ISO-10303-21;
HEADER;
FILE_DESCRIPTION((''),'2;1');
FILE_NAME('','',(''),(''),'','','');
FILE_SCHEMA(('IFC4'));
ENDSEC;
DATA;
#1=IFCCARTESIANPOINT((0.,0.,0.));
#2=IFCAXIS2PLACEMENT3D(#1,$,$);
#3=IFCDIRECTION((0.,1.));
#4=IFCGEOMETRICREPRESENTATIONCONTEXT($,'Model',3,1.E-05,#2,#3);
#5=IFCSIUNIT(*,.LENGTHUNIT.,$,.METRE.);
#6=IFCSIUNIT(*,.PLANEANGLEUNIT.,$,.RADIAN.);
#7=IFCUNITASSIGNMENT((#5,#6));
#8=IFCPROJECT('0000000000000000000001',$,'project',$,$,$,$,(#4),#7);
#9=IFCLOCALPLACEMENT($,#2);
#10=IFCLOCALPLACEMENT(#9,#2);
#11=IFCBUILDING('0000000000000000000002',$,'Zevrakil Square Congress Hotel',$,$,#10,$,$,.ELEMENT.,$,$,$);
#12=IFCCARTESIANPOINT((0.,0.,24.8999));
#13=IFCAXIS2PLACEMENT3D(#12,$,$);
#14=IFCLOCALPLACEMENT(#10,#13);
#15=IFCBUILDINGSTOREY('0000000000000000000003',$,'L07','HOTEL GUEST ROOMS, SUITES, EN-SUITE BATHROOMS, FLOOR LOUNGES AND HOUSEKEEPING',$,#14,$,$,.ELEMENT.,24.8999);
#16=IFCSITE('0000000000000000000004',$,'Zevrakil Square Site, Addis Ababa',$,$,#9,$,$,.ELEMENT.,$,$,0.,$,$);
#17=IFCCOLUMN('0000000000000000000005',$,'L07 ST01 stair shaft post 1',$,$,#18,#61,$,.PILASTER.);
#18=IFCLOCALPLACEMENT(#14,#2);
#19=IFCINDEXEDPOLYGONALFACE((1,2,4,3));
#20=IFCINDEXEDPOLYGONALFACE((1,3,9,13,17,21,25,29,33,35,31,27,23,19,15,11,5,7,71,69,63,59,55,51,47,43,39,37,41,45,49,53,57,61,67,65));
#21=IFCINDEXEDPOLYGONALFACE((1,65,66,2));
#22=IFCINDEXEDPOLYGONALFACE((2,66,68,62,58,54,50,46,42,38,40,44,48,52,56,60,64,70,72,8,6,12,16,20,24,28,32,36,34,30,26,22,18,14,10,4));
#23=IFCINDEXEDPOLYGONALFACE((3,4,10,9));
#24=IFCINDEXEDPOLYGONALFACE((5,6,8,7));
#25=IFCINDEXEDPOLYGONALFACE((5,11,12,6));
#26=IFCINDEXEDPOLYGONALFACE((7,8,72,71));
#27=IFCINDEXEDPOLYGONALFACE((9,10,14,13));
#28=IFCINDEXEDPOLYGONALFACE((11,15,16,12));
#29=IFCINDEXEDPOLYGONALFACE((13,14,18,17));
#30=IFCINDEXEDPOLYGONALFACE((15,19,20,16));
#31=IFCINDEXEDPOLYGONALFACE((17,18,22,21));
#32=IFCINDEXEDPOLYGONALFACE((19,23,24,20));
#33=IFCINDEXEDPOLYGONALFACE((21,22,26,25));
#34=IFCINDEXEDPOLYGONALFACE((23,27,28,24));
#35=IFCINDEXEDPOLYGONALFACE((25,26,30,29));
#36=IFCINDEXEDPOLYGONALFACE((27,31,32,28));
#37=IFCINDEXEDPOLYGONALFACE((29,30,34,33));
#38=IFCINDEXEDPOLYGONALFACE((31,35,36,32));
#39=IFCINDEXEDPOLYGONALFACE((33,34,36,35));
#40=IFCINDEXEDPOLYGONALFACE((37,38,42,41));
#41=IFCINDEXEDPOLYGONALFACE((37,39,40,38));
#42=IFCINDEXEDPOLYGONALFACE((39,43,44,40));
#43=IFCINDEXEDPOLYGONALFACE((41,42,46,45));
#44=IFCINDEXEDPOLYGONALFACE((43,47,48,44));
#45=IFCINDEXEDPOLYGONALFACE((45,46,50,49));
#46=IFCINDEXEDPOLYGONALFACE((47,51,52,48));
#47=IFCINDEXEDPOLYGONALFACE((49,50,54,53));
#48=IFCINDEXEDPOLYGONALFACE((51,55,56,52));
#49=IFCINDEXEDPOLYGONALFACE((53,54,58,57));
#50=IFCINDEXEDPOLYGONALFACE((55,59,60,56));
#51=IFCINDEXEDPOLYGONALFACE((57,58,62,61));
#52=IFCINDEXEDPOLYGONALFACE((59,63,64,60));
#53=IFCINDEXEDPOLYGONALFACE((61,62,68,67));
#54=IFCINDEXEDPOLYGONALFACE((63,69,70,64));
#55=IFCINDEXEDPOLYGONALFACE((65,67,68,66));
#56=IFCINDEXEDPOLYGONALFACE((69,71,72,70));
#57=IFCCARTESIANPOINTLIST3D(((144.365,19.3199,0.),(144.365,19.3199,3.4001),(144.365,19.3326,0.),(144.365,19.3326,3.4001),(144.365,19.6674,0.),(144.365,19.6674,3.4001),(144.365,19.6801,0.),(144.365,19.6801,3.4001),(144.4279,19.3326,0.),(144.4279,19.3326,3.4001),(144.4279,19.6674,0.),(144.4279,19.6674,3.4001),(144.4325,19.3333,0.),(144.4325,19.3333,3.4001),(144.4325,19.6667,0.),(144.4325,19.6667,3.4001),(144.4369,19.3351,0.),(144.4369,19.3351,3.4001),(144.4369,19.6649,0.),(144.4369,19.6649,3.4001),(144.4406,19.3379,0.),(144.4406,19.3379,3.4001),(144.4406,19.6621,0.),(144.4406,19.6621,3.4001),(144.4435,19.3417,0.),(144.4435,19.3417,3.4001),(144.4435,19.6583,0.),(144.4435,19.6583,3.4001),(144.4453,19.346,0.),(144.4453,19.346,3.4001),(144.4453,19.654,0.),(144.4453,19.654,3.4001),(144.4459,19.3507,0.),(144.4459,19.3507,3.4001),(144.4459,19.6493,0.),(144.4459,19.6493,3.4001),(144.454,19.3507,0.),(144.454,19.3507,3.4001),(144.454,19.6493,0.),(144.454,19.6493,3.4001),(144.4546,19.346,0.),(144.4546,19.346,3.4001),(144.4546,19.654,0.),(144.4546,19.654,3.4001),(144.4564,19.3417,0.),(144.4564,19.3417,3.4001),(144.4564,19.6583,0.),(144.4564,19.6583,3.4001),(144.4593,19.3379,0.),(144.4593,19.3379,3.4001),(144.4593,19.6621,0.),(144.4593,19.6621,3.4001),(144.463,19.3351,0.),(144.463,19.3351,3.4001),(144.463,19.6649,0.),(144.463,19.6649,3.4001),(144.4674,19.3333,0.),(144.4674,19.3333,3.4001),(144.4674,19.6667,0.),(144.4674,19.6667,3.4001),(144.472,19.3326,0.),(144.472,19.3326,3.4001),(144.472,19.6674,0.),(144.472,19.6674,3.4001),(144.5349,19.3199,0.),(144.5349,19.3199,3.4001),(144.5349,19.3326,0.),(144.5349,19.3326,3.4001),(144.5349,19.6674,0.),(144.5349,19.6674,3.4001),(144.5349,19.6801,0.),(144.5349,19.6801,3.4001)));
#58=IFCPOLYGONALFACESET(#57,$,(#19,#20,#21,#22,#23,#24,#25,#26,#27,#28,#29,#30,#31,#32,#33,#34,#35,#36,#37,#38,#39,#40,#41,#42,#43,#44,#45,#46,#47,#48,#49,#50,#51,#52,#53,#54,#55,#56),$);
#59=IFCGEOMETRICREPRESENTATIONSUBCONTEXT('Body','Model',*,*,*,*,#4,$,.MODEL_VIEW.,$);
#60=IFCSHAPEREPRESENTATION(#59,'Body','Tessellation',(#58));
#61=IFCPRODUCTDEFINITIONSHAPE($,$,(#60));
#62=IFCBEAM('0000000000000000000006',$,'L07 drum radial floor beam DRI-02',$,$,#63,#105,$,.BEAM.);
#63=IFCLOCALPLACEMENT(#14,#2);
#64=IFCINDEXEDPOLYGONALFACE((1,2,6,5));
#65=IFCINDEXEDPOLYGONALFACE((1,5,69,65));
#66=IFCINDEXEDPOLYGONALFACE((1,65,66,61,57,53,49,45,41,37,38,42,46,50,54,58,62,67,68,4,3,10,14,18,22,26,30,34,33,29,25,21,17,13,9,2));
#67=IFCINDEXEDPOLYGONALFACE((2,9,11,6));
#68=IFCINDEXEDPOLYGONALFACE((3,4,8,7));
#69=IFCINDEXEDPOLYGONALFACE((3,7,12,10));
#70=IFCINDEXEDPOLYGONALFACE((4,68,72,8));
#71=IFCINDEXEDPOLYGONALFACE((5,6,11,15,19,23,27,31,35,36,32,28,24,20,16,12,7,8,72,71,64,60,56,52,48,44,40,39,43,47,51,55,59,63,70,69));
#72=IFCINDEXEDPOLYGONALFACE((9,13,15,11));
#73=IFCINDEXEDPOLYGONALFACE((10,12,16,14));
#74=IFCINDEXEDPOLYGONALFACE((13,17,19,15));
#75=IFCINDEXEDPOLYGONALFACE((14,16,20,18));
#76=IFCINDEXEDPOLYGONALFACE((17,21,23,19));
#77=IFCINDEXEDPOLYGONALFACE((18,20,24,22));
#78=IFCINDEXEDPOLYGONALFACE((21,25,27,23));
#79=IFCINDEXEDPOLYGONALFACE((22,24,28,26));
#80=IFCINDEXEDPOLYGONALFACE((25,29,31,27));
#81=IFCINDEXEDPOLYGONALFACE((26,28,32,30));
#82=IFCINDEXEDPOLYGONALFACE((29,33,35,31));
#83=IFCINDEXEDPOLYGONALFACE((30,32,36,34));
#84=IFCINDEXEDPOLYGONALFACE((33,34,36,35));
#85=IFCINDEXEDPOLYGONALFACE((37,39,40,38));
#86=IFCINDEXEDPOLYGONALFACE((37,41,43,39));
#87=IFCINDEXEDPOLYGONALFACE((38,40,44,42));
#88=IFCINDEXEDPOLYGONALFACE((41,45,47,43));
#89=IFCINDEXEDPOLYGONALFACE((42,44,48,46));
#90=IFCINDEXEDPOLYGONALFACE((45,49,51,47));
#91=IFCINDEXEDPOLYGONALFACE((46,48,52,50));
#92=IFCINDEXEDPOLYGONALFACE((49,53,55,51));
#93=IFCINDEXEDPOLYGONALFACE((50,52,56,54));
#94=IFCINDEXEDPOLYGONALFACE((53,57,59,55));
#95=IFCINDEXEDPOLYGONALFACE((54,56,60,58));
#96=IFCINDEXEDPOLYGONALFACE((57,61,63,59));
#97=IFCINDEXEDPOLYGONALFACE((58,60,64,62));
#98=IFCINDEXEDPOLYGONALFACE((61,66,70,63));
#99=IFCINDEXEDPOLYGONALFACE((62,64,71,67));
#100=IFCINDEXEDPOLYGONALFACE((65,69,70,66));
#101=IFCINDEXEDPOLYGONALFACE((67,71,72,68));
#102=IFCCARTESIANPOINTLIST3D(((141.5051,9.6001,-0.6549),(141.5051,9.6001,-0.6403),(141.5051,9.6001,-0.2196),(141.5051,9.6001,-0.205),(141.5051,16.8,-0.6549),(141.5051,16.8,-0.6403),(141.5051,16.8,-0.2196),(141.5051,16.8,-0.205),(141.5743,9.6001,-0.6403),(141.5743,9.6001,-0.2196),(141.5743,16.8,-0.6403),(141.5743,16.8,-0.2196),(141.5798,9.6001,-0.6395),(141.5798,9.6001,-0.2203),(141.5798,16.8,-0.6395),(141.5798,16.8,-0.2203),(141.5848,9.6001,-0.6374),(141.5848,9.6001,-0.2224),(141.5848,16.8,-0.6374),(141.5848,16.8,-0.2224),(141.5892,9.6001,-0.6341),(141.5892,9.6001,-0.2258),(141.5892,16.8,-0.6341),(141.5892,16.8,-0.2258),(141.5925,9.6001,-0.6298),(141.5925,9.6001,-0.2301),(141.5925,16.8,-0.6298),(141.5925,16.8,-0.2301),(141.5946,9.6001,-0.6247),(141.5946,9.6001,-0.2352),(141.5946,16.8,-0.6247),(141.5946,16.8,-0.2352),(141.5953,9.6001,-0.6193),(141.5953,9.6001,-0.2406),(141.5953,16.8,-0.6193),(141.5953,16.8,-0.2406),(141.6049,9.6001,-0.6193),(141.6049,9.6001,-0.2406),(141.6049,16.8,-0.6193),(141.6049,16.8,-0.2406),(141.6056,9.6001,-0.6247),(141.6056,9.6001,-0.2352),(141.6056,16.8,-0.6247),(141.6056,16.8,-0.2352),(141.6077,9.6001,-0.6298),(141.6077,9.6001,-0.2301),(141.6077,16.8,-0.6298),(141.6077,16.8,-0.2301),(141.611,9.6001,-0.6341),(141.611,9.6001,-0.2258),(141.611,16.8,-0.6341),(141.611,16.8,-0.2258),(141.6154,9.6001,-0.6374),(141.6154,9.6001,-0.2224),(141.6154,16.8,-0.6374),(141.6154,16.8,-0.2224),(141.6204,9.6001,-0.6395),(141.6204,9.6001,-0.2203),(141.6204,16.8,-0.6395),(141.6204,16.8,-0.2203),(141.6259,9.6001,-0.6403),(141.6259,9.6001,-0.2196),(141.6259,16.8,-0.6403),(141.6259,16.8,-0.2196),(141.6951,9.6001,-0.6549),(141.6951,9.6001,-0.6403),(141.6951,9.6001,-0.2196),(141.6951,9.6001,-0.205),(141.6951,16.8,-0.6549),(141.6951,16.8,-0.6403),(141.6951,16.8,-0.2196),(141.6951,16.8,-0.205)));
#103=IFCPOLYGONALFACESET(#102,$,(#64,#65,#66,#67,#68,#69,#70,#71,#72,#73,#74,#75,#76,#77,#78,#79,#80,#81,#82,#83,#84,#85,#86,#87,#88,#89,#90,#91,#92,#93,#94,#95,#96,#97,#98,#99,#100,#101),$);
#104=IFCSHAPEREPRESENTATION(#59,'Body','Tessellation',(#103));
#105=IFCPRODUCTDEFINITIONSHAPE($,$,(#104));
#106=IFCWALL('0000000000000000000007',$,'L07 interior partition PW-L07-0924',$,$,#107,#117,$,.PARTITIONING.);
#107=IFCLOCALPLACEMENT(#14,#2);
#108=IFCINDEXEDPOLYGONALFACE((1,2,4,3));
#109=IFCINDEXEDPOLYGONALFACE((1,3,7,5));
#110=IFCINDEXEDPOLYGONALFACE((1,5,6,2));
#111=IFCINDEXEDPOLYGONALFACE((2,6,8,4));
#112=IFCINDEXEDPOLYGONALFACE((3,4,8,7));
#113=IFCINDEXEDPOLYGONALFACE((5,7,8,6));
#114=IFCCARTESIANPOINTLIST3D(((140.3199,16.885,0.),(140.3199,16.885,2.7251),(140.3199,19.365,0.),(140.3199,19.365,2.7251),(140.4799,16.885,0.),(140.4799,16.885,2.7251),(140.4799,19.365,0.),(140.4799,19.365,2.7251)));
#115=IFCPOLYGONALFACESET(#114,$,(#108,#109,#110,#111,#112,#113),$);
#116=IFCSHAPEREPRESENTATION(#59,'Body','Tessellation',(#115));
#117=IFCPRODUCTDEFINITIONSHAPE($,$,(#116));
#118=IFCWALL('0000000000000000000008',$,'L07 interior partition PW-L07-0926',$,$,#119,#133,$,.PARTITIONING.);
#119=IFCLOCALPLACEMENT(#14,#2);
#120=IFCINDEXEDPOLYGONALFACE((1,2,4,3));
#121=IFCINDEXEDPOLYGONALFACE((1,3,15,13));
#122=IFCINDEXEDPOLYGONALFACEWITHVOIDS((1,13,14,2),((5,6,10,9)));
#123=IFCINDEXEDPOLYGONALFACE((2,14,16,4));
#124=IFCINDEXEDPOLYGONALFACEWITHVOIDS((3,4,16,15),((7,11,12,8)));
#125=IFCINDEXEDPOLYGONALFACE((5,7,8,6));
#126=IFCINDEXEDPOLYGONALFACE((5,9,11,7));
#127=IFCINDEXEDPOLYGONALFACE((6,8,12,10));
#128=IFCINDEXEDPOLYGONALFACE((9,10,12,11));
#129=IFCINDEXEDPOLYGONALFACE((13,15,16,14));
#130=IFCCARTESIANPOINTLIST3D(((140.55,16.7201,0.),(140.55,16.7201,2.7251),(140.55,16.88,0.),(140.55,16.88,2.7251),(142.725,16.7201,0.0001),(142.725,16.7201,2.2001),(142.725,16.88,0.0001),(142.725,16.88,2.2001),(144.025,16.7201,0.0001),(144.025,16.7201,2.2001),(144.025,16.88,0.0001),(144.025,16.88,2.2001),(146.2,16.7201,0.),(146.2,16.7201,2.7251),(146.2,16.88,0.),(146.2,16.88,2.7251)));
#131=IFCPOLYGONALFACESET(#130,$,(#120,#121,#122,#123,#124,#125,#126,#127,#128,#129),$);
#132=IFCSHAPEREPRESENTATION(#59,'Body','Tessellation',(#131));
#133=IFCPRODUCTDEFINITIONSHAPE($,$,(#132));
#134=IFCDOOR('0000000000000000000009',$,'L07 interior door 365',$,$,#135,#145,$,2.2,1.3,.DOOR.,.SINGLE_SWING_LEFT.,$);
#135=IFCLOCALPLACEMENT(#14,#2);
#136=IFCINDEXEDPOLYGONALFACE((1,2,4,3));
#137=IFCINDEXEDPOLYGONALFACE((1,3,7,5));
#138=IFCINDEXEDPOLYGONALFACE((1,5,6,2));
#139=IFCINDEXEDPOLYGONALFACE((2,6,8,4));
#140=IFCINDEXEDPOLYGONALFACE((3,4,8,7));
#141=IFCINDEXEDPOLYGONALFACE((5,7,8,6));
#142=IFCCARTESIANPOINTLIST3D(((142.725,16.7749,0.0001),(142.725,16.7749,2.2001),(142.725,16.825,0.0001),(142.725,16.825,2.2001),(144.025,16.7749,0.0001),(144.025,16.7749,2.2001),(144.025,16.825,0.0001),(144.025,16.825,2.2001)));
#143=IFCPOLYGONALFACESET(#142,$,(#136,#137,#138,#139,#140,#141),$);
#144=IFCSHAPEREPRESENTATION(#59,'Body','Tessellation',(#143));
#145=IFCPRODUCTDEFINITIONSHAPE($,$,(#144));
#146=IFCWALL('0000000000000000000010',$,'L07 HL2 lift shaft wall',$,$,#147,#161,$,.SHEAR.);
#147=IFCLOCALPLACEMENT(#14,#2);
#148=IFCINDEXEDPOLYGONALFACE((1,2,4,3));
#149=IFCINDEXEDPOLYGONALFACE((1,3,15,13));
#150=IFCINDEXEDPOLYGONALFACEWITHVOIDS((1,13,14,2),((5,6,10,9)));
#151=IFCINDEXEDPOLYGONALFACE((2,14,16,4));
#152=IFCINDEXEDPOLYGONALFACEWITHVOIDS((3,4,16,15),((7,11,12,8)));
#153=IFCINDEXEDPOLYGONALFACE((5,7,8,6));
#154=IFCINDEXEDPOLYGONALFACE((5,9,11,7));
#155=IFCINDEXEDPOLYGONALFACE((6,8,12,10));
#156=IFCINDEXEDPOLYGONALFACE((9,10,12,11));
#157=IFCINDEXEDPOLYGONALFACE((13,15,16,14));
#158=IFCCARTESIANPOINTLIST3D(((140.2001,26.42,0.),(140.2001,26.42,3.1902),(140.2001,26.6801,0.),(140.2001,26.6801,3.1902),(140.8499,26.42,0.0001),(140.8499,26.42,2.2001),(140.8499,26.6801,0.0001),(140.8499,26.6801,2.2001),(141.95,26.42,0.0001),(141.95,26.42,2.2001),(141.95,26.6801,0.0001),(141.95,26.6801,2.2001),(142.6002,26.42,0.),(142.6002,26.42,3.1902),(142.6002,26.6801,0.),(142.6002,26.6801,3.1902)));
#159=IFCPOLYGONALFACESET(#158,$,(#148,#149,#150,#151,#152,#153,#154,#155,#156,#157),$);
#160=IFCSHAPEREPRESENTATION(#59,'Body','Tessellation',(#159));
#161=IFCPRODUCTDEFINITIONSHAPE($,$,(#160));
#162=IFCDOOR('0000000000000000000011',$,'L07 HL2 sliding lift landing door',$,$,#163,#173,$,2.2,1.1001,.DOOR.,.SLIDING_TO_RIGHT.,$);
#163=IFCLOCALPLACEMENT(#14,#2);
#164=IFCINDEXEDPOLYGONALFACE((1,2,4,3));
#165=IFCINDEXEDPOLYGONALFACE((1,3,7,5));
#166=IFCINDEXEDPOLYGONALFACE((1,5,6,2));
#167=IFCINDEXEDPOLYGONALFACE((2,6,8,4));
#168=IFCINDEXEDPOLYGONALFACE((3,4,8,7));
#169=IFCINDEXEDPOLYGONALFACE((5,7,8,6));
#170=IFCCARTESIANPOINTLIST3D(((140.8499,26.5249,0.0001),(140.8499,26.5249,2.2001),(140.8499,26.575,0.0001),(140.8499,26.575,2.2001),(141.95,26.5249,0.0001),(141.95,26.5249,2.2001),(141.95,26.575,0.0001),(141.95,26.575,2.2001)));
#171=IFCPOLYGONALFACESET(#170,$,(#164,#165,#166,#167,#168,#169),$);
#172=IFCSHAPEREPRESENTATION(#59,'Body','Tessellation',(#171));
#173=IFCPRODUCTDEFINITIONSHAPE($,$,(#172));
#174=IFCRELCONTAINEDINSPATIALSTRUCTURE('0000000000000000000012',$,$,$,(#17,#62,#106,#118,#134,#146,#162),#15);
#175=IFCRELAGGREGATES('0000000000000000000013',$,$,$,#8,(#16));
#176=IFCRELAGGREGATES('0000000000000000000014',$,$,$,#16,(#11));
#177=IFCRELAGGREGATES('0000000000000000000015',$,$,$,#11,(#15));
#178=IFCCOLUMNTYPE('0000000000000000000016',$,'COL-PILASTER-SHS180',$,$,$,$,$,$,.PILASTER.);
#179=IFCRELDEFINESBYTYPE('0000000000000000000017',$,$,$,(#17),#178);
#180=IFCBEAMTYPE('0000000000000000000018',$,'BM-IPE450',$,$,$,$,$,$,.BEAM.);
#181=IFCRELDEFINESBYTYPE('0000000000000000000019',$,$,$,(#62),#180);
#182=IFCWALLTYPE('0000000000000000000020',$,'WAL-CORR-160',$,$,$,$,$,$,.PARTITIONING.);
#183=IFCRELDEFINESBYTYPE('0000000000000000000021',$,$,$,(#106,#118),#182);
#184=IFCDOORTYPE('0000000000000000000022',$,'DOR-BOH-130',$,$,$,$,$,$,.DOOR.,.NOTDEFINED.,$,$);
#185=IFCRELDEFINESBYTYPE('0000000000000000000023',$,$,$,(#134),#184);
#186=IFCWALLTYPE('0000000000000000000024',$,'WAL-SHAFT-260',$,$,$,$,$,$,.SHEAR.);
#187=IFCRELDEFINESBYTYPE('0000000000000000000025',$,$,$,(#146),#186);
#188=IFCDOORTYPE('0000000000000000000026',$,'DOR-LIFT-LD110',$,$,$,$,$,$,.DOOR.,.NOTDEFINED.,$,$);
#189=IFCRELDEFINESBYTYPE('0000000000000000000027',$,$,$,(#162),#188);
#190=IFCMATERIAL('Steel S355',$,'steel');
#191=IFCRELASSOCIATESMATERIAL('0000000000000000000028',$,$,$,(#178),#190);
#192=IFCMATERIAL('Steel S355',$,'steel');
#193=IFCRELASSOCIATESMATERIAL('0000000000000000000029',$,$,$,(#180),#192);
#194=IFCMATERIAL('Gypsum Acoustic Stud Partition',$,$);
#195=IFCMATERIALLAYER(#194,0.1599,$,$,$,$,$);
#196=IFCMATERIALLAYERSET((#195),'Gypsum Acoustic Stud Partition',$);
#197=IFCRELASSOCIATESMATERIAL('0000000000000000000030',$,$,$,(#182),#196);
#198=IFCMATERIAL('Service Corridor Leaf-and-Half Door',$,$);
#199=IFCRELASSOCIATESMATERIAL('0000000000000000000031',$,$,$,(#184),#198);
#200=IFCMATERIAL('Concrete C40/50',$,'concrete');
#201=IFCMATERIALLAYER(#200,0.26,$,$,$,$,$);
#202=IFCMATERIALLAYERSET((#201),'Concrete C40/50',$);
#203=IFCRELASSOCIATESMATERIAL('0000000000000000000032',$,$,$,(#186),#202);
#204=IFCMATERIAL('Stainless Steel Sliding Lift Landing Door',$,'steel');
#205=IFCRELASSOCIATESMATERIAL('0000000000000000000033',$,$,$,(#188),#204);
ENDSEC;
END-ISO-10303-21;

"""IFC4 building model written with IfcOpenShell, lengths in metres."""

from ifc_helpers import new_model, si_unit, direction, frame, frame_2d, origin, origin_2d, place, context, subcontext, project, spatial, rectangle, i_section, extrude, material, layer, layer_set, material_profile, profile_set, type_object, element, fill, save


model = new_model("IFC4")

# Units and contexts
model_context = context("Model", 3, precision=1e-05, world=origin(), true_north=direction((0.0, 1.0)))
body_context = subcontext(model_context, "Body", "Model", "MODEL_VIEW")
ifc_project = project(units=[si_unit("LENGTHUNIT", "METRE"), si_unit("PLANEANGLEUNIT", "RADIAN")], contexts=[model_context])

# Site, building, storey
site_placement = place(None, origin())
site = spatial("IfcSite", under=ifc_project, at=site_placement, Name="Zevrakil Square Site, Addis Ababa", CompositionType="ELEMENT", RefElevation=0.0)
building_placement = place(site_placement, origin())
building = spatial("IfcBuilding", under=site, at=building_placement, Name="Zevrakil Square Congress Hotel", CompositionType="ELEMENT")
storey_placement = place(building_placement, frame((0.0, 0.0, 24.8999)))
storey = spatial("IfcBuildingStorey", under=building, at=storey_placement, Name="L07", Description="HOTEL GUEST ROOMS, SUITES, EN-SUITE BATHROOMS, FLOOR LOUNGES AND HOUSEKEEPING", CompositionType="ELEMENT", Elevation=24.8999)

# Column
ifc_material_1 = material(Name="Steel S355", Category="steel")
ifc_material_profile_1 = material_profile(ifc_material_1, i_section(OverallWidth=0.1699, OverallDepth=0.3601, WebThickness=0.0081, FlangeThickness=0.0127, FilletRadius=0.0181, at=origin_2d()), Name="IPE 360")
ifc_profile_set_1 = profile_set([ifc_material_profile_1], Name="Steel S355")
column_type = type_object("IfcColumnType", Name="COL-PILASTER-SHS180", PredefinedType="PILASTER", material=ifc_profile_set_1)
column_placement = place(storey_placement, frame((144.45, 19.5, 0.0), z_axis=(0.0, 0.0, 1.0), x_axis=(1.0, 0.0, 0.0)))
element("IfcColumn", 1, at=column_placement, inside=storey, type_object=column_type, Name="L07 ST01 stair shaft post 1", PredefinedType="PILASTER", context=body_context, shape_type="SweptSolid", body=[
    extrude(i_section(OverallWidth=0.1699, OverallDepth=0.3601, WebThickness=0.0081, FlangeThickness=0.0127, FilletRadius=0.0181, at=origin_2d()), origin(), (0.0, 0.0, 1.0), 3.4001),
])

# Beam
ifc_material_2 = material(Name="Steel S355", Category="steel")
ifc_material_profile_2 = material_profile(ifc_material_2, i_section(OverallWidth=0.1899, OverallDepth=0.45, WebThickness=0.0095, FlangeThickness=0.0146, FilletRadius=0.021, at=origin_2d()), Name="IPE 450")
ifc_profile_set_2 = profile_set([ifc_material_profile_2], Name="Steel S355")
beam_type = type_object("IfcBeamType", Name="BM-IPE450", PredefinedType="BEAM", material=ifc_profile_set_2)
beam_placement = place(storey_placement, frame((141.6001, 16.8, -0.4299), z_axis=(0.0, -1.0, 0.0), x_axis=(1.0, 0.0, 0.0)))
element("IfcBeam", 2, at=beam_placement, inside=storey, type_object=beam_type, Name="L07 drum radial floor beam DRI-02", PredefinedType="BEAM", context=body_context, shape_type="SweptSolid", body=[
    extrude(i_section(OverallWidth=0.1899, OverallDepth=0.45, WebThickness=0.0095, FlangeThickness=0.0146, FilletRadius=0.021, at=origin_2d()), origin(), (0.0, 0.0, 1.0), 7.2),
])

# Wall
ifc_material_3 = material(Name="Gypsum Acoustic Stud Partition")
ifc_layer_1 = layer(ifc_material_3, 0.1599)
ifc_layer_set_1 = layer_set([ifc_layer_1], Name="Gypsum Acoustic Stud Partition")
wall_type_1 = type_object("IfcWallType", Name="WAL-CORR-160", PredefinedType="PARTITIONING", material=ifc_layer_set_1)
wall_1_placement = place(storey_placement, frame((140.3999, 16.885, 0.0), z_axis=(0.0, 0.0, 1.0), x_axis=(0.0, 1.0, 0.0)))
element("IfcWall", 3, at=wall_1_placement, inside=storey, type_object=wall_type_1, Name="L07 interior partition PW-L07-0924", PredefinedType="PARTITIONING", context=body_context, shape_type="SweptSolid", body=[
    extrude(rectangle(XDim=2.48, YDim=0.1599, at=frame_2d((1.24, 0.0))), origin(), (0.0, 0.0, 1.0), 2.7251),
])

# Walls, openings, doors
wall_2_placement = place(storey_placement, frame((140.55, 16.8, 0.0), z_axis=(0.0, 0.0, 1.0), x_axis=(1.0, 0.0, 0.0)))
wall_2 = element("IfcWall", 4, at=wall_2_placement, inside=storey, type_object=wall_type_1, Name="L07 interior partition PW-L07-0926", PredefinedType="PARTITIONING", context=body_context, shape_type="SweptSolid", body=[
    extrude(rectangle(XDim=5.6499, YDim=0.1599, at=frame_2d((2.825, 0.0))), origin(), (0.0, 0.0, 1.0), 2.7251),
])
opening_1_placement = place(wall_2_placement, frame((2.175, 0.0, 0.0)))
opening_1 = element("IfcOpeningElement", 5, at=opening_1_placement, cuts=wall_2, PredefinedType="OPENING", context=body_context, shape_type="SweptSolid", body=[
    extrude(rectangle(XDim=1.3, YDim=2.2, at=frame_2d((0.6499, 1.1001))), frame((0.0, 0.0898, 0.0), z_axis=(0.0, -1.0, 0.0), x_axis=(1.0, 0.0, 0.0)), (0.0, 0.0, 1.0), 0.1799),
])
ifc_material_4 = material(Name="Service Corridor Leaf-and-Half Door")
door_type_1 = type_object("IfcDoorType", Name="DOR-BOH-130", OperationType="NOTDEFINED", PredefinedType="DOOR", material=ifc_material_4)
door_1_placement = place(opening_1_placement, origin())
door_1 = element("IfcDoor", 6, at=door_1_placement, inside=storey, type_object=door_type_1, Name="L07 interior door 365", OperationType="SINGLE_SWING_LEFT", OverallHeight=2.2, OverallWidth=1.3, PredefinedType="DOOR", context=body_context, shape_type="SweptSolid", body=[
    extrude(rectangle(XDim=1.3, YDim=2.2, at=frame_2d((0.6499, 1.1001))), frame((0.0, 0.0249, 0.0), z_axis=(0.0, -1.0, 0.0), x_axis=(1.0, 0.0, 0.0)), (0.0, 0.0, 1.0), 0.05),
])
fill(opening_1, door_1)
ifc_material_5 = material(Name="Concrete C40/50", Category="concrete")
ifc_layer_2 = layer(ifc_material_5, 0.26)
ifc_layer_set_2 = layer_set([ifc_layer_2], Name="Concrete C40/50")
wall_type_2 = type_object("IfcWallType", Name="WAL-SHAFT-260", PredefinedType="SHEAR", material=ifc_layer_set_2)
wall_3_placement = place(storey_placement, frame((140.2, 26.55, 0.0), z_axis=(0.0, 0.0, 1.0), x_axis=(1.0, 0.0, 0.0)))
wall_3 = element("IfcWall", 7, at=wall_3_placement, inside=storey, type_object=wall_type_2, Name="L07 HL2 lift shaft wall", PredefinedType="SHEAR", context=body_context, shape_type="SweptSolid", body=[
    extrude(rectangle(XDim=2.4001, YDim=0.26, at=frame_2d((1.2002, 0.0))), origin(), (0.0, 0.0, 1.0), 3.1902),
])
opening_2_placement = place(wall_3_placement, frame((0.6499, 0.0, 0.0)))
opening_2 = element("IfcOpeningElement", 8, at=opening_2_placement, cuts=wall_3, PredefinedType="OPENING", context=body_context, shape_type="SweptSolid", body=[
    extrude(rectangle(XDim=1.1001, YDim=2.2, at=frame_2d((0.55, 1.1001))), frame((0.0, 0.1401, 0.0), z_axis=(0.0, -1.0, 0.0), x_axis=(1.0, 0.0, 0.0)), (0.0, 0.0, 1.0), 0.28),
])
ifc_material_6 = material(Name="Stainless Steel Sliding Lift Landing Door", Category="steel")
door_type_2 = type_object("IfcDoorType", Name="DOR-LIFT-LD110", OperationType="NOTDEFINED", PredefinedType="DOOR", material=ifc_material_6)
door_2_placement = place(opening_2_placement, origin())
door_2 = element("IfcDoor", 9, at=door_2_placement, inside=storey, type_object=door_type_2, Name="L07 HL2 sliding lift landing door", OperationType="SLIDING_TO_RIGHT", OverallHeight=2.2, OverallWidth=1.1001, PredefinedType="DOOR", context=body_context, shape_type="SweptSolid", body=[
    extrude(rectangle(XDim=1.1001, YDim=2.2, at=frame_2d((0.55, 1.1001))), frame((0.0, 0.0249, 0.0), z_axis=(0.0, -1.0, 0.0), x_axis=(1.0, 0.0, 0.0)), (0.0, 0.0, 1.0), 0.05),
])
fill(opening_2, door_2)

save(model, "model.ifc")
